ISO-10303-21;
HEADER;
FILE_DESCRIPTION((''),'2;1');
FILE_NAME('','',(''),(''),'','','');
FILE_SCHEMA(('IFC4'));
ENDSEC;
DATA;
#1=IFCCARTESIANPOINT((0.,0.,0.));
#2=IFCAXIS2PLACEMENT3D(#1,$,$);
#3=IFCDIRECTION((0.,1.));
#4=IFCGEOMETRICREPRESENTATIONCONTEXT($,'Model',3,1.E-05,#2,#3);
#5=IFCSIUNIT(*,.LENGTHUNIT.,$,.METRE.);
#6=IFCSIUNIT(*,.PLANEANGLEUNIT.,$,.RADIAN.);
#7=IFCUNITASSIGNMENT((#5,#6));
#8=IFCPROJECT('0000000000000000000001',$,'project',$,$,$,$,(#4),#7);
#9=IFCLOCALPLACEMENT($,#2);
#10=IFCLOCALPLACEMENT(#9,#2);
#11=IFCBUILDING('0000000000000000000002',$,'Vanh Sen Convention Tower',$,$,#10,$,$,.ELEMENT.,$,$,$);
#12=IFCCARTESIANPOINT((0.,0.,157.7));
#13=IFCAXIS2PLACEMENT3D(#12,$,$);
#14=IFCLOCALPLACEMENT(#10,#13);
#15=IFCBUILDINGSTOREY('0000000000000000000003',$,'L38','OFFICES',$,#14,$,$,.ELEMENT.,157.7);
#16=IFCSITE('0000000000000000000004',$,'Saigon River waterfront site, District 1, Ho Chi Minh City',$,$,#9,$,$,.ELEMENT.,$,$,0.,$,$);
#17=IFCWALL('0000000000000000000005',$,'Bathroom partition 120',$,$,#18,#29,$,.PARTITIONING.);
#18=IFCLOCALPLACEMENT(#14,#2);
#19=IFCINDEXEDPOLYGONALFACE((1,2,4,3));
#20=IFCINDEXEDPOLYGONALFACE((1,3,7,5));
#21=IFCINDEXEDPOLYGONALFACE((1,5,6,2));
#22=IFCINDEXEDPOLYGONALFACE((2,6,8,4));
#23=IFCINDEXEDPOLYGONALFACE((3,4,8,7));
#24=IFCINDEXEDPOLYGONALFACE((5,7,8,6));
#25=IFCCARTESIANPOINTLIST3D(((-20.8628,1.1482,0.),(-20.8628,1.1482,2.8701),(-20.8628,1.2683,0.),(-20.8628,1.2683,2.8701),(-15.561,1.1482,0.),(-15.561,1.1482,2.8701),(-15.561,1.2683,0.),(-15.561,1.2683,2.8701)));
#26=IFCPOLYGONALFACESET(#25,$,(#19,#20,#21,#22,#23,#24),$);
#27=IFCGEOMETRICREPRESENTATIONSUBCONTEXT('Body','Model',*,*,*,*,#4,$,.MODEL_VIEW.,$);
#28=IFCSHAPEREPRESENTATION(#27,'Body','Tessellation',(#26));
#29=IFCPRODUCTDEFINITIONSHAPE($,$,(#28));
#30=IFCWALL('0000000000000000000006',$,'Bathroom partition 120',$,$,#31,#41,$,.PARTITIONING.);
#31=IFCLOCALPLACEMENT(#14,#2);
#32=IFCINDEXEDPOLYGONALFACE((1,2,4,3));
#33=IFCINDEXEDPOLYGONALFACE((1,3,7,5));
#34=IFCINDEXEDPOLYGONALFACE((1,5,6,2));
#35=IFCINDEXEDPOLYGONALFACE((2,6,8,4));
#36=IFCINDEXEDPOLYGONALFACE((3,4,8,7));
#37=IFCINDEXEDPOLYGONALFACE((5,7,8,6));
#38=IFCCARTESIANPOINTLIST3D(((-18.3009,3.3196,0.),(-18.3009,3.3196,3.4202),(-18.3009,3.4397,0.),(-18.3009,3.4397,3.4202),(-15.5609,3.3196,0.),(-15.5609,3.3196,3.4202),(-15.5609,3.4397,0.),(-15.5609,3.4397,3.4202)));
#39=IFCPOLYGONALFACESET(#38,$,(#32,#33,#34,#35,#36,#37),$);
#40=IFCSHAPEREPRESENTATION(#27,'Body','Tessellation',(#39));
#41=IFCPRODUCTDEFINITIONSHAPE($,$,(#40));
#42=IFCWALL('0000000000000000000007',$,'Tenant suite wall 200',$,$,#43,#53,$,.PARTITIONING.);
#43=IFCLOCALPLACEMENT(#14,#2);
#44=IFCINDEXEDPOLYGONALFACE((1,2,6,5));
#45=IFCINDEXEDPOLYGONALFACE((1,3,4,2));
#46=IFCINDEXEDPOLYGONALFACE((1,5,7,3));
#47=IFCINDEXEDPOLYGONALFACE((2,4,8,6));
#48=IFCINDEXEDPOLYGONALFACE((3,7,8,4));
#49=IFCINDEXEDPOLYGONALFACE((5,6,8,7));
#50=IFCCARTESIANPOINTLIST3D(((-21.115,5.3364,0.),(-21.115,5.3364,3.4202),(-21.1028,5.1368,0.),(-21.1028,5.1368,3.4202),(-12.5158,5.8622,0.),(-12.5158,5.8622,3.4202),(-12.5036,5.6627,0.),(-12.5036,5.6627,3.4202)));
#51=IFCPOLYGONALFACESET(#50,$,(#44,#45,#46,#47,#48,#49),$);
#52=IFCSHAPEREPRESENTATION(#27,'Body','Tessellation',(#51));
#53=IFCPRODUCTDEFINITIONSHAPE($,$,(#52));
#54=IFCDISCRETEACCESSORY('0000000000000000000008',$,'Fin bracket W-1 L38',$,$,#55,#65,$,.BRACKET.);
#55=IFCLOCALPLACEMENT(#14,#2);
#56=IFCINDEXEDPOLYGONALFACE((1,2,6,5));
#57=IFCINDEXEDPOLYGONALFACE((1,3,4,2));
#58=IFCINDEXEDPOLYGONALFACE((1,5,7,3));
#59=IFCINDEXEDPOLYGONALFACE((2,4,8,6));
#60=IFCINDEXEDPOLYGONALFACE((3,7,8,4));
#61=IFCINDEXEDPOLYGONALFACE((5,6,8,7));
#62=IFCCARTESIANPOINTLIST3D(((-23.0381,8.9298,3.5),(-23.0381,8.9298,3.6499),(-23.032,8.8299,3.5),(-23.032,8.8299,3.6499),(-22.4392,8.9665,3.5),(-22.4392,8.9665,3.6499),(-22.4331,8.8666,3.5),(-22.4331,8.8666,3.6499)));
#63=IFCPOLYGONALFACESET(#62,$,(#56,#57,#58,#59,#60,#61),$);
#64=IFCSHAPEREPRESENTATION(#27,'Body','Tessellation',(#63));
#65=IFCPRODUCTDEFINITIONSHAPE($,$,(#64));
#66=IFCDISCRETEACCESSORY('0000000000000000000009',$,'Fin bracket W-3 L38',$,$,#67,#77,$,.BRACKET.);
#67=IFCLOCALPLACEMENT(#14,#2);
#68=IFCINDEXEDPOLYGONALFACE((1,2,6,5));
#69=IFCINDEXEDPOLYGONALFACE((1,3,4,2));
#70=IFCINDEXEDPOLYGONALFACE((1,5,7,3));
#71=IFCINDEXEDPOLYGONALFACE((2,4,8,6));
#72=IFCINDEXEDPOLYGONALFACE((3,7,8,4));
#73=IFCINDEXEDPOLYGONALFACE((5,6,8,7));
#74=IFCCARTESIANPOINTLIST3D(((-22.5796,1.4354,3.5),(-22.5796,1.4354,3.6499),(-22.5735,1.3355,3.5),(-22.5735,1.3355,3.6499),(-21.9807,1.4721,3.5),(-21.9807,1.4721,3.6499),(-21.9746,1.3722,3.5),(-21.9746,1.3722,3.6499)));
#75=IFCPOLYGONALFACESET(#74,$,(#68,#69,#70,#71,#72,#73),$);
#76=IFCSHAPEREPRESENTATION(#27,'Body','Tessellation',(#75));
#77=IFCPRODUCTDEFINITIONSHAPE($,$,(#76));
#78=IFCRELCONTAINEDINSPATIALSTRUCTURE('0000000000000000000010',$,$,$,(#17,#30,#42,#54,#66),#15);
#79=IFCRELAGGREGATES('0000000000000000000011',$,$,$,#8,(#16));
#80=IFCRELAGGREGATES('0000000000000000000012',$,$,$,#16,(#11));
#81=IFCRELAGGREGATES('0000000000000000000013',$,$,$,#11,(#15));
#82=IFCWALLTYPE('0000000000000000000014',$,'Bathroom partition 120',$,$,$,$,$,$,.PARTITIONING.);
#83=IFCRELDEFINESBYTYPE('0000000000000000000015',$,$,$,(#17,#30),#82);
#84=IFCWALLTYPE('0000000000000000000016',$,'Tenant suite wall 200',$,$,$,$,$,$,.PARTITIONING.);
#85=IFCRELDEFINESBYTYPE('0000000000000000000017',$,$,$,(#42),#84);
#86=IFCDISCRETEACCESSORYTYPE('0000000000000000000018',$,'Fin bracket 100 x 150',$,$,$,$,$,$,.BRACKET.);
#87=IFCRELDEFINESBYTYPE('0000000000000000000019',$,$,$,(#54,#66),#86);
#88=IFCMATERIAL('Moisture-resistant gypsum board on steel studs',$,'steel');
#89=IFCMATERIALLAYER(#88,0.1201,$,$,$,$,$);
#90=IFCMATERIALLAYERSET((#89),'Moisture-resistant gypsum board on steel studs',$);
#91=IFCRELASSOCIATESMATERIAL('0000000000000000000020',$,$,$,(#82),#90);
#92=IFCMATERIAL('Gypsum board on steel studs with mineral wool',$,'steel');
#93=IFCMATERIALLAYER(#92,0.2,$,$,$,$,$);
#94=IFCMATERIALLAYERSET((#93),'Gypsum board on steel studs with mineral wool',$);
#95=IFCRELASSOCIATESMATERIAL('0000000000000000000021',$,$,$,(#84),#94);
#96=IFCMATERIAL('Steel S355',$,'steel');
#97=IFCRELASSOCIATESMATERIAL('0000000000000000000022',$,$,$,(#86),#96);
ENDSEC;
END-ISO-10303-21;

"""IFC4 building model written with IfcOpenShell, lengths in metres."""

from ifc_helpers import new_model, si_unit, direction, frame, frame_2d, origin, origin_2d, place, context, subcontext, project, spatial, rectangle, extrude, material, layer, layer_set, type_object, element, save


model = new_model("IFC4")

# Units and contexts
model_context = context("Model", 3, precision=1e-05, world=origin(), true_north=direction((0.0, 1.0)))
body_context = subcontext(model_context, "Body", "Model", "MODEL_VIEW")
ifc_project = project(units=[si_unit("LENGTHUNIT", "METRE"), si_unit("PLANEANGLEUNIT", "RADIAN")], contexts=[model_context])

# Site, building, storey
site_placement = place(None, origin())
site = spatial("IfcSite", under=ifc_project, at=site_placement, Name="Saigon River waterfront site, District 1, Ho Chi Minh City", CompositionType="ELEMENT", RefElevation=0.0)
building_placement = place(site_placement, origin())
building = spatial("IfcBuilding", under=site, at=building_placement, Name="Vanh Sen Convention Tower", CompositionType="ELEMENT")
storey_placement = place(building_placement, frame((0.0, 0.0, 157.7)))
storey = spatial("IfcBuildingStorey", under=building, at=storey_placement, Name="L38", Description="OFFICES", CompositionType="ELEMENT", Elevation=157.7)

# Walls
ifc_material_1 = material(Name="Moisture-resistant gypsum board on steel studs", Category="steel")
ifc_layer_1 = layer(ifc_material_1, 0.1201)
ifc_layer_set_1 = layer_set([ifc_layer_1], Name="Moisture-resistant gypsum board on steel studs")
wall_type_1 = type_object("IfcWallType", Name="Bathroom partition 120", PredefinedType="PARTITIONING", material=ifc_layer_set_1)
wall_1_placement = place(storey_placement, frame((-20.8628, 1.2083, 0.0), z_axis=(0.0, 0.0, 1.0), x_axis=(1.0, 0.0, 0.0)))
element("IfcWall", 1, at=wall_1_placement, inside=storey, type_object=wall_type_1, Name="Bathroom partition 120", PredefinedType="PARTITIONING", context=body_context, shape_type="SweptSolid", body=[
    extrude(rectangle(XDim=5.3018, YDim=0.1201, at=frame_2d((2.6509, 0.0))), origin(), (0.0, 0.0, 1.0), 2.8701),
])
wall_2_placement = place(storey_placement, frame((-18.301, 3.3796, 0.0), z_axis=(0.0, 0.0, 1.0), x_axis=(1.0, 0.0, 0.0)))
element("IfcWall", 2, at=wall_2_placement, inside=storey, type_object=wall_type_1, Name="Bathroom partition 120", PredefinedType="PARTITIONING", context=body_context, shape_type="SweptSolid", body=[
    extrude(rectangle(XDim=2.74, YDim=0.1201, at=frame_2d((1.3701, 0.0))), origin(), (0.0, 0.0, 1.0), 3.4202),
])
ifc_material_2 = material(Name="Gypsum board on steel studs with mineral wool", Category="steel")
ifc_layer_2 = layer(ifc_material_2, 0.2)
ifc_layer_set_2 = layer_set([ifc_layer_2], Name="Gypsum board on steel studs with mineral wool")
wall_type_2 = type_object("IfcWallType", Name="Tenant suite wall 200", PredefinedType="PARTITIONING", material=ifc_layer_set_2)
wall_3_placement = place(storey_placement, frame((-21.1089, 5.2366, 0.0), z_axis=(0.0, 0.0, 1.0), x_axis=(0.998135, 0.061041, 0.0)))
element("IfcWall", 3, at=wall_3_placement, inside=storey, type_object=wall_type_2, Name="Tenant suite wall 200", PredefinedType="PARTITIONING", context=body_context, shape_type="SweptSolid", body=[
    extrude(rectangle(XDim=8.6152, YDim=0.2, at=frame_2d((4.3076, 0.0))), origin(), (0.0, 0.0, 1.0), 3.4202),
])

# Discrete accessories
ifc_material_3 = material(Name="Steel S355", Category="steel")
discrete_accessory_type = type_object("IfcDiscreteAccessoryType", Name="Fin bracket 100 x 150", PredefinedType="BRACKET", material=ifc_material_3)
for number, where, z_axis, x_axis, name in (
    (4, (-22.7356, 8.8982, 3.5), (0.0, 0.0, 1.0), (-0.998135, -0.061049, 0.0), "Fin bracket W-1 L38"),
    (5, (-22.2771, 1.4038, 3.5), (0.0, 0.0, 1.0), (-0.998135, -0.061049, 0.0), "Fin bracket W-3 L38"),
):
    element("IfcDiscreteAccessory", number, at=place(storey_placement, frame(where, z_axis=z_axis, x_axis=x_axis)), inside=storey, type_object=discrete_accessory_type, Name=name, PredefinedType="BRACKET", context=body_context, shape_type="SweptSolid", body=[
        extrude(rectangle(XDim=0.6001, YDim=0.1001, at=origin_2d()), origin(), (0.0, 0.0, 1.0), 0.1499),
    ])

save(model, "model.ifc")
